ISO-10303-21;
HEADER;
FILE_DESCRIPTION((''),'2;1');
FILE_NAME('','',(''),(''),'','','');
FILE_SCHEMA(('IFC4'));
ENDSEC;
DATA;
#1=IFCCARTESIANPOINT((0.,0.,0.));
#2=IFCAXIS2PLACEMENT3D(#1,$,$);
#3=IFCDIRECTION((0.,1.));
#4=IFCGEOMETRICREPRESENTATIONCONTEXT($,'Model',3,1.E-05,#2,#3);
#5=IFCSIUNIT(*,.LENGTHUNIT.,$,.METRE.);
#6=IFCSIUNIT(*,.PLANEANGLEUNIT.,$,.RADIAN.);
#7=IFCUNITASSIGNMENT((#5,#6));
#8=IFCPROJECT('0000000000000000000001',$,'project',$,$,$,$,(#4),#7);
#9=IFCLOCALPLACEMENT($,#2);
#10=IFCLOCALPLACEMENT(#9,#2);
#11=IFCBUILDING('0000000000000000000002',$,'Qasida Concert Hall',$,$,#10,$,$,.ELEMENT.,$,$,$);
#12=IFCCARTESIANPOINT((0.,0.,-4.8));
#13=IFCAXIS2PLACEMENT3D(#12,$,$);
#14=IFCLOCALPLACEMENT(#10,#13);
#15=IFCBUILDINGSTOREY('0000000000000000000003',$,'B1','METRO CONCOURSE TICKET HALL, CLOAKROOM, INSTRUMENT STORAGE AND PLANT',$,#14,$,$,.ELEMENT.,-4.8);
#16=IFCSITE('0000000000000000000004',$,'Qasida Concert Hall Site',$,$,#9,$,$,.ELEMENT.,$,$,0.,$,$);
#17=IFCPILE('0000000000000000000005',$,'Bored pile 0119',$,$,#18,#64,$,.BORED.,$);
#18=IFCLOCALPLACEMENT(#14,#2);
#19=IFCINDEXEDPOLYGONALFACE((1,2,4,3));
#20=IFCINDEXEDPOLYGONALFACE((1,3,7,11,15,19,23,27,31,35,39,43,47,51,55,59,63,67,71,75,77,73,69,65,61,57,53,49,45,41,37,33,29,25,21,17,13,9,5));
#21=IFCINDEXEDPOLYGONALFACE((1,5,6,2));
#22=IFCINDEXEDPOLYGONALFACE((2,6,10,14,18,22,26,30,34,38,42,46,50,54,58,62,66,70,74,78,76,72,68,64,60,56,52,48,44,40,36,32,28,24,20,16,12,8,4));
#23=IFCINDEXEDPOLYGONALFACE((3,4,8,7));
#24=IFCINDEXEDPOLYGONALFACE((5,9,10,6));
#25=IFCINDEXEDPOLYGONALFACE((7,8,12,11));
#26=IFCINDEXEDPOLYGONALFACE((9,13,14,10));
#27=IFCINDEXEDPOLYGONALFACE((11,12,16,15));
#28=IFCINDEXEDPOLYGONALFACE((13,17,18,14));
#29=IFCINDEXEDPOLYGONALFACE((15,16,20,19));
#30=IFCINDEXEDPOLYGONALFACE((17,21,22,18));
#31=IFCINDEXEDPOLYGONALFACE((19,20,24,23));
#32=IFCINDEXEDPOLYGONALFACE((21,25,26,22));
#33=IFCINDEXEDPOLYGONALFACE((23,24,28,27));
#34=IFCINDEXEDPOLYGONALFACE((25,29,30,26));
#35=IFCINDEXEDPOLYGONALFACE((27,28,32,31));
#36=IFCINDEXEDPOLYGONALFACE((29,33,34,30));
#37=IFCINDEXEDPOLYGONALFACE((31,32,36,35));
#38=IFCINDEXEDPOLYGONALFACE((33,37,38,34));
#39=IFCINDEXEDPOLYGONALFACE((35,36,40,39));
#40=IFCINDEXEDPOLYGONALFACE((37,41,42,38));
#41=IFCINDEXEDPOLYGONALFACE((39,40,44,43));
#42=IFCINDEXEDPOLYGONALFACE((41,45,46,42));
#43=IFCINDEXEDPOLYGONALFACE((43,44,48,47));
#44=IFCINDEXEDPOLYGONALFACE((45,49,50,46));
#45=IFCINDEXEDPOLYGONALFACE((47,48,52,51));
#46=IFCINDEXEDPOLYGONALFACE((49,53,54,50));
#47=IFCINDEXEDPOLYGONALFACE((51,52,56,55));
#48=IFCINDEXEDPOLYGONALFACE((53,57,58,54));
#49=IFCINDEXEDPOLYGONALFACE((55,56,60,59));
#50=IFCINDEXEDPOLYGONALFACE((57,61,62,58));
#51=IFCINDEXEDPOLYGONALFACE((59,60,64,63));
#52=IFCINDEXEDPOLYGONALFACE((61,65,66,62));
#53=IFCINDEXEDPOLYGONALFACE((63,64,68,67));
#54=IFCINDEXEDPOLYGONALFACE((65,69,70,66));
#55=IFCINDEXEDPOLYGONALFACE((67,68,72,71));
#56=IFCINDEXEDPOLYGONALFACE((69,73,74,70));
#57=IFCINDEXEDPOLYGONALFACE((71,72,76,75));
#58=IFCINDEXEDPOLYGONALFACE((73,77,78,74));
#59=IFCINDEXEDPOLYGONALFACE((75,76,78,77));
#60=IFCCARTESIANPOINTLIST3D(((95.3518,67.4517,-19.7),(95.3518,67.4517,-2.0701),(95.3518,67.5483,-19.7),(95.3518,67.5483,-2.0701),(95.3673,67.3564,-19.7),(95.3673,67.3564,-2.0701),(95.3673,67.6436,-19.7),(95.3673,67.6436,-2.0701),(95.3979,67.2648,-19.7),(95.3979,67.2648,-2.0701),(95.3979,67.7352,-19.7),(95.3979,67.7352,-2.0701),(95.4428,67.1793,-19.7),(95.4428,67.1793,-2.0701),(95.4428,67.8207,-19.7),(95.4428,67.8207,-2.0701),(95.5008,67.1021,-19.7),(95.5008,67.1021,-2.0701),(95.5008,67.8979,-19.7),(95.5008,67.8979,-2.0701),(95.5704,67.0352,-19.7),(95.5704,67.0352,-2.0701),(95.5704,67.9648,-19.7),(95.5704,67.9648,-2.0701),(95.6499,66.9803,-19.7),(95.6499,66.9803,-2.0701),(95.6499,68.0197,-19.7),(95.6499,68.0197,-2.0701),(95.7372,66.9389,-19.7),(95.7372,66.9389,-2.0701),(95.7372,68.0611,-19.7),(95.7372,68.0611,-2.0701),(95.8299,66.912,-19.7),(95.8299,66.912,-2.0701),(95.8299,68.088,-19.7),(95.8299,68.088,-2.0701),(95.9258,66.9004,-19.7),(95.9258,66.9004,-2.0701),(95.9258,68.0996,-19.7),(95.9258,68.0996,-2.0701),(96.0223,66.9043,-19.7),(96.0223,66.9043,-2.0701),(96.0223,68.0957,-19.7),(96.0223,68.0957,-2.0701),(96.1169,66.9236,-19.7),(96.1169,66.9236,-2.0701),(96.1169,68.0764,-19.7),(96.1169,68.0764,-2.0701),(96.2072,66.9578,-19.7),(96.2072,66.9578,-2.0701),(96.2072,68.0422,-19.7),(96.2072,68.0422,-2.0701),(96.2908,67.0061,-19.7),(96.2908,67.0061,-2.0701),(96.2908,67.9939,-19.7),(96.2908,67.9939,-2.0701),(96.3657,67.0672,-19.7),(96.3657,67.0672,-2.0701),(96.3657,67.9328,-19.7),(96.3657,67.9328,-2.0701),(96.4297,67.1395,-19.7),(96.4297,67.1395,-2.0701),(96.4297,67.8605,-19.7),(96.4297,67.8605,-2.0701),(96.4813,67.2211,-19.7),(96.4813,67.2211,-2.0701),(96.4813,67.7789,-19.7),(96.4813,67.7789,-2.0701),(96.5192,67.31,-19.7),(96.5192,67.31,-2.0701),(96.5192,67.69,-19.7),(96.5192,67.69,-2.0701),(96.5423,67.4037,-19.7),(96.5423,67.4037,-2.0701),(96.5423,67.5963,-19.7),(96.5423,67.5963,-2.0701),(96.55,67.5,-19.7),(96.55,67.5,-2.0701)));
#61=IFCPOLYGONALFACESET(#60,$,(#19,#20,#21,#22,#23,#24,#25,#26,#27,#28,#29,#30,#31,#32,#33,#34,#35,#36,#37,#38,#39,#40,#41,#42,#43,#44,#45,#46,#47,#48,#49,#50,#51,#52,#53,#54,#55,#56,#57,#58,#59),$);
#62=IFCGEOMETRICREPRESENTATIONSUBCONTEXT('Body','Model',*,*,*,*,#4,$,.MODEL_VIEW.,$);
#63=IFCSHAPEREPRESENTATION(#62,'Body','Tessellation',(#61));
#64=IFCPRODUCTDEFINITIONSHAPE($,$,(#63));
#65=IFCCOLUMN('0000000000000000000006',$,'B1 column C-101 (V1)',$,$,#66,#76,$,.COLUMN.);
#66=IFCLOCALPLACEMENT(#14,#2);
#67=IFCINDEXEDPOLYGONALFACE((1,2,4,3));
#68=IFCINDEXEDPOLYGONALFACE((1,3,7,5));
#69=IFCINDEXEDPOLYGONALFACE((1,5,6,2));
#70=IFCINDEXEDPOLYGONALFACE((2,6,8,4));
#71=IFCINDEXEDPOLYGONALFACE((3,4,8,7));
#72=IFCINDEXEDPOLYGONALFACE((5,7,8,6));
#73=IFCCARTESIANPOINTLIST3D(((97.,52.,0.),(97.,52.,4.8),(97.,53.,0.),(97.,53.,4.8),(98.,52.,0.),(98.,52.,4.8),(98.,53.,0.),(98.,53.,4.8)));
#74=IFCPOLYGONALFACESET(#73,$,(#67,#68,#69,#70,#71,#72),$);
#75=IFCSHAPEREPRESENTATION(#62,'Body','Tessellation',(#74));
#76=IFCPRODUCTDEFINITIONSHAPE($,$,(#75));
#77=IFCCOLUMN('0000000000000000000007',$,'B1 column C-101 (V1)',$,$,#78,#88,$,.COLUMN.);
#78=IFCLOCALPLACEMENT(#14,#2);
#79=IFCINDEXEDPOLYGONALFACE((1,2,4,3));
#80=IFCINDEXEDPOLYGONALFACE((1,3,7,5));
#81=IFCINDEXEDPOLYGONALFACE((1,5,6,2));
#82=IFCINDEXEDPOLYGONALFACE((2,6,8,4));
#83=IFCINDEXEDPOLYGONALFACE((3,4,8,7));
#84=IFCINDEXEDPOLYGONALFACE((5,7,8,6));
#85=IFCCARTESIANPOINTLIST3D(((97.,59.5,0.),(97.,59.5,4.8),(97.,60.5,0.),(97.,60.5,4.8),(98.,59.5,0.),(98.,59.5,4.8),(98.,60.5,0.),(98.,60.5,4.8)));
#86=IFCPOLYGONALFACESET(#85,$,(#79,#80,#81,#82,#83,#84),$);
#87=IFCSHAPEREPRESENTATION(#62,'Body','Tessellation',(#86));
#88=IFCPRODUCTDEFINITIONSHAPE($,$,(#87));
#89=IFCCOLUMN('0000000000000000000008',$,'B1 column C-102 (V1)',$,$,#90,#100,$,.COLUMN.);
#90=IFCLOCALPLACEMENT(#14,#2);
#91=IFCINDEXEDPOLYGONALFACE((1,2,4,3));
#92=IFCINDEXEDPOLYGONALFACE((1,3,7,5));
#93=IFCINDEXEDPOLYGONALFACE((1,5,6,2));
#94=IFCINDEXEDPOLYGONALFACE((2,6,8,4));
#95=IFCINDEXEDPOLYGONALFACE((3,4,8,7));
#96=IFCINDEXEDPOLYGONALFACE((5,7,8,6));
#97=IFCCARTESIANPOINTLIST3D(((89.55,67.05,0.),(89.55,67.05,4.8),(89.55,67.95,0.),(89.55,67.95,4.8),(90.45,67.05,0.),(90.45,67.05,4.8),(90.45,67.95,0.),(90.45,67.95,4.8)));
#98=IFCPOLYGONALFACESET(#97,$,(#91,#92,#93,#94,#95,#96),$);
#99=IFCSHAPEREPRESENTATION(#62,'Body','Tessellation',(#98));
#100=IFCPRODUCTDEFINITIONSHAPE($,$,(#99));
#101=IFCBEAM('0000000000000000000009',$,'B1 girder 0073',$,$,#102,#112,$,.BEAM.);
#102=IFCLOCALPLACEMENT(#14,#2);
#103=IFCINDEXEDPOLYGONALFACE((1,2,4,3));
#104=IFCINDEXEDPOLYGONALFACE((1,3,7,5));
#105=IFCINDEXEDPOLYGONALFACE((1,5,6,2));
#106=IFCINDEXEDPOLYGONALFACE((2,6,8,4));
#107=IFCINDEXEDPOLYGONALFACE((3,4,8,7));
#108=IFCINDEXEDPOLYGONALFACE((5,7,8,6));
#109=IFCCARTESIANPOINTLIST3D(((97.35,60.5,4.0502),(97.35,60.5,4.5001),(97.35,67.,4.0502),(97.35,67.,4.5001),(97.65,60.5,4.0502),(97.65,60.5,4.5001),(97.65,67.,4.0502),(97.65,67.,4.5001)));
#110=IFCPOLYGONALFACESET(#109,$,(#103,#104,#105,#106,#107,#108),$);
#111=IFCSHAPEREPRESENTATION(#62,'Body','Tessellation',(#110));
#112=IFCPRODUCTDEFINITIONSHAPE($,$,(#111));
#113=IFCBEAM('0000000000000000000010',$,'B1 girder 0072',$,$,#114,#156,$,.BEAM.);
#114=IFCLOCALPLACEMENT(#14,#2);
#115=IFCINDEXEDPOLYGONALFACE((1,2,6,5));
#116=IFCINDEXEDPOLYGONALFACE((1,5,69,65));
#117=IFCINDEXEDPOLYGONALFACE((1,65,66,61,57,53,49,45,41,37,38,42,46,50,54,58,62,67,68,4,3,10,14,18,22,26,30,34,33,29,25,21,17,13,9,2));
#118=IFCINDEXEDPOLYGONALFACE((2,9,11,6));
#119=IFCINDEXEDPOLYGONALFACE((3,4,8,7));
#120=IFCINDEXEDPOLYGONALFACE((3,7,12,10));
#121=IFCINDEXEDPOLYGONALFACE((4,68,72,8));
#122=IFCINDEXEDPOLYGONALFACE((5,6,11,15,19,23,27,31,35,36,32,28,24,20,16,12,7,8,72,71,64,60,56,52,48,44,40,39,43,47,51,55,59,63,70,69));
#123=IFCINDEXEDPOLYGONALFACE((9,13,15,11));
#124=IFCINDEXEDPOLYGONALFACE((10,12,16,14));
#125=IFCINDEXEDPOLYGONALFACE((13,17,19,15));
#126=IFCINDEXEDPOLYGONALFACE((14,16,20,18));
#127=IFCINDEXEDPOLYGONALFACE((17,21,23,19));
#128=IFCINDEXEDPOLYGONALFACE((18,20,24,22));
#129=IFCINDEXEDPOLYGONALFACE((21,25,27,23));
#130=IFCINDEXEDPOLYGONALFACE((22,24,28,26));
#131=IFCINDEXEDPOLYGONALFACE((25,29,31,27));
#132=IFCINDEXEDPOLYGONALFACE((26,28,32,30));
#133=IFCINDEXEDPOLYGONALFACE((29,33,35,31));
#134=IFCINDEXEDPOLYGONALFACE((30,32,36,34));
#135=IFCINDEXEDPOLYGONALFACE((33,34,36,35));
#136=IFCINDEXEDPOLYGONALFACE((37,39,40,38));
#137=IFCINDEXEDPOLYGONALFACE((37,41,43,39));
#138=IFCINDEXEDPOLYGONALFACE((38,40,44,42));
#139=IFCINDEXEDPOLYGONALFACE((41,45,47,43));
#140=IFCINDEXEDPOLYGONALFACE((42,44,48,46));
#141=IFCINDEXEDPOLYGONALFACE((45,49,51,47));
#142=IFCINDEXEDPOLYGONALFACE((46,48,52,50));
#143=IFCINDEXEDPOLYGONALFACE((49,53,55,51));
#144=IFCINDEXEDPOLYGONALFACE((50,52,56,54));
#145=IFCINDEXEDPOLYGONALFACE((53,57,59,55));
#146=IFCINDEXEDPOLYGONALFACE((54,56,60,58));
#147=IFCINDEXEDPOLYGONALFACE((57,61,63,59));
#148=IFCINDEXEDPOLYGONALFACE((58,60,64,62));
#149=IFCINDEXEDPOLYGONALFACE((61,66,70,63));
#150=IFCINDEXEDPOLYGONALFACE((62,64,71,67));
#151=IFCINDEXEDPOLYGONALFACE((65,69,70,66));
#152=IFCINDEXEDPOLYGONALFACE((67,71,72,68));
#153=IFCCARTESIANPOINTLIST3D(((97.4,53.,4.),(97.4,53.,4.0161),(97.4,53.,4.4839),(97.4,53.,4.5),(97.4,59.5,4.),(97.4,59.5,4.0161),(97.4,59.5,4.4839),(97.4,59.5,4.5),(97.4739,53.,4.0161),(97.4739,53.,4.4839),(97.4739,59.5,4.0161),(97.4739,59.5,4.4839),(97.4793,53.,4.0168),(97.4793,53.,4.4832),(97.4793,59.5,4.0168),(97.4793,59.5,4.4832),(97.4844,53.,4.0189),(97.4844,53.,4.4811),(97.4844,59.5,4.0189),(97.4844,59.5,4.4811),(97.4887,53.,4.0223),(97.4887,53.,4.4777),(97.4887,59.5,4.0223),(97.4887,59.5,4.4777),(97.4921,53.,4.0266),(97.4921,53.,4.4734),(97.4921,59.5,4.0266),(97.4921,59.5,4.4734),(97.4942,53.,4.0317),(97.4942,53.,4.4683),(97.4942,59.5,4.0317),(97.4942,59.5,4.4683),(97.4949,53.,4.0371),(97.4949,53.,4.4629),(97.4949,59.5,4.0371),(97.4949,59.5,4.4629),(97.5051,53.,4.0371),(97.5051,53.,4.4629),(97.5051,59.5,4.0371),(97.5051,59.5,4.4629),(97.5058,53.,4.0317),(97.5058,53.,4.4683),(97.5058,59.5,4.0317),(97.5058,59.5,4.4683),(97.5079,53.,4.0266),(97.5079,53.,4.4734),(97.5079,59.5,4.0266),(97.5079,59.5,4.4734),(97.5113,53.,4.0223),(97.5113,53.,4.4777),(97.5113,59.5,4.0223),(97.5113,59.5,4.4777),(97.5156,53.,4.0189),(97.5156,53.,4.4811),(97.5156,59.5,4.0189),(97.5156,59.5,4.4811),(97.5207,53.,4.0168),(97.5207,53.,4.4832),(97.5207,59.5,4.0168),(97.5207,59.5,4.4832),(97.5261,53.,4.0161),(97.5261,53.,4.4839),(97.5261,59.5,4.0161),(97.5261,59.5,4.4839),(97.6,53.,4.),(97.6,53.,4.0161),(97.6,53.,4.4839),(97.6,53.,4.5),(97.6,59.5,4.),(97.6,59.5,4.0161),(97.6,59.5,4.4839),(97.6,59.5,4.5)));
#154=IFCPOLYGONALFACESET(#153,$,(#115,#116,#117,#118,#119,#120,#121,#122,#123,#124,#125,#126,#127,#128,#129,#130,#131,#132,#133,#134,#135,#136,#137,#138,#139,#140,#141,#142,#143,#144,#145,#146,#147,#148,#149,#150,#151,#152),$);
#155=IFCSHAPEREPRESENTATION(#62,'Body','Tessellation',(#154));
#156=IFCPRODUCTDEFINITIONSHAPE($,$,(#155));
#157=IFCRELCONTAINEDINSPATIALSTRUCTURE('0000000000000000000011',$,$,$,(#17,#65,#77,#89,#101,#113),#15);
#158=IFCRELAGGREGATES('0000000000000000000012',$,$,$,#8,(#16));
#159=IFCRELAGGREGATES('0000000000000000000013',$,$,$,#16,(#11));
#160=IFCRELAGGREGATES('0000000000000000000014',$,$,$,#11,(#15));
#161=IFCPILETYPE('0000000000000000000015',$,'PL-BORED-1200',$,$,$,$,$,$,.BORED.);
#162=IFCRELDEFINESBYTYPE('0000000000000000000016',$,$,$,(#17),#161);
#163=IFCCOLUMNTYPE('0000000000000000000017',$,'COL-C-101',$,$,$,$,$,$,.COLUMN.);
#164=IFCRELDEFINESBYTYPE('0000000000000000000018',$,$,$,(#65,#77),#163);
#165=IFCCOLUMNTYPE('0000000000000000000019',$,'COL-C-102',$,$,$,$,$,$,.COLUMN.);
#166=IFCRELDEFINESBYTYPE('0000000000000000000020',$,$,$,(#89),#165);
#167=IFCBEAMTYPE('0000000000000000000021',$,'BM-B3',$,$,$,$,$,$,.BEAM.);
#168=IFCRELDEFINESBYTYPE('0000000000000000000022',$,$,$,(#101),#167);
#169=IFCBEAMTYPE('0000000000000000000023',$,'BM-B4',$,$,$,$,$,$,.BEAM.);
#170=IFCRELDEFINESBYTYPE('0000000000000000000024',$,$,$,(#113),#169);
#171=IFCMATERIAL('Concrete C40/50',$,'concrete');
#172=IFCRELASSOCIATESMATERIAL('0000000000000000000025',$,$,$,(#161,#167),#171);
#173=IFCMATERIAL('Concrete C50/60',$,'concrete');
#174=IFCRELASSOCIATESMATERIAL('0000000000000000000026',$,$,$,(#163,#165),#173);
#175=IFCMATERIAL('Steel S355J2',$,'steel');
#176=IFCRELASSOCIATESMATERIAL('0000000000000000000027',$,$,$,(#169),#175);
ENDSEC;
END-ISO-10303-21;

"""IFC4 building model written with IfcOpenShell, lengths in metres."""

from ifc_helpers import new_model, si_unit, direction, frame, origin, origin_2d, place, context, subcontext, project, spatial, rectangle, circle, i_section, extrude, material, material_profile, profile_set, type_object, element, save


model = new_model("IFC4")

# Units and contexts
model_context = context("Model", 3, precision=1e-05, world=origin(), true_north=direction((0.0, 1.0)))
body_context = subcontext(model_context, "Body", "Model", "MODEL_VIEW")
ifc_project = project(units=[si_unit("LENGTHUNIT", "METRE"), si_unit("PLANEANGLEUNIT", "RADIAN")], contexts=[model_context])

# Site, building, storey
site_placement = place(None, origin())
site = spatial("IfcSite", under=ifc_project, at=site_placement, Name="Qasida Concert Hall Site", CompositionType="ELEMENT", RefElevation=0.0)
building_placement = place(site_placement, origin())
building = spatial("IfcBuilding", under=site, at=building_placement, Name="Qasida Concert Hall", CompositionType="ELEMENT")
storey_placement = place(building_placement, frame((0.0, 0.0, -4.8)))
storey = spatial("IfcBuildingStorey", under=building, at=storey_placement, Name="B1", Description="METRO CONCOURSE TICKET HALL, CLOAKROOM, INSTRUMENT STORAGE AND PLANT", CompositionType="ELEMENT", Elevation=-4.8)

# Shared definitions
ifc_material_1 = material(Name="Concrete C40/50", Category="concrete")

# Pile
ifc_material_profile_1 = material_profile(ifc_material_1, circle(Radius=0.6001, at=origin_2d()), Name="BORED PILE D1200")
ifc_profile_set_1 = profile_set([ifc_material_profile_1], Name="Concrete C40/50")
pile_type_1 = type_object("IfcPileType", Name="PL-BORED-1200", PredefinedType="BORED", material=ifc_profile_set_1)
pile_1_placement = place(storey_placement, frame((95.95, 67.5, -2.0701), z_axis=(0.0, 0.0, -1.0), x_axis=(1.0, 0.0, 0.0)))
element("IfcPile", 1, at=pile_1_placement, inside=storey, type_object=pile_type_1, Name="Bored pile 0119", PredefinedType="BORED", context=body_context, shape_type="SweptSolid", body=[
    extrude(circle(Radius=0.6001, at=origin_2d()), origin(), (0.0, 0.0, 1.0), 17.6299),
])

# Columns
ifc_material_2 = material(Name="Concrete C50/60", Category="concrete")
ifc_material_profile_2 = material_profile(ifc_material_2, rectangle(XDim=1.0, YDim=1.0, at=origin_2d()), Name="RC 1000x1000")
ifc_profile_set_2 = profile_set([ifc_material_profile_2], Name="Concrete C50/60")
column_type_1 = type_object("IfcColumnType", Name="COL-C-101", PredefinedType="COLUMN", material=ifc_profile_set_2)
for number, where, z_axis, x_axis, name in (
    (2, (97.5, 52.5, 0.0), (0.0, 0.0, 1.0), (1.0, 0.0, 0.0), "B1 column C-101 (V1)"),
    (3, (97.5, 60.0, 0.0), (0.0, 0.0, 1.0), (1.0, 0.0, 0.0), "B1 column C-101 (V1)"),
):
    element("IfcColumn", number, at=place(storey_placement, frame(where, z_axis=z_axis, x_axis=x_axis)), inside=storey, type_object=column_type_1, Name=name, PredefinedType="COLUMN", context=body_context, shape_type="SweptSolid", body=[
        extrude(rectangle(XDim=1.0, YDim=1.0, at=origin_2d()), origin(), (0.0, 0.0, 1.0), 4.8),
    ])
ifc_material_profile_3 = material_profile(ifc_material_2, rectangle(XDim=0.8999, YDim=0.8999, at=origin_2d()), Name="RC 900x900")
ifc_profile_set_3 = profile_set([ifc_material_profile_3], Name="Concrete C50/60")
column_type_2 = type_object("IfcColumnType", Name="COL-C-102", PredefinedType="COLUMN", material=ifc_profile_set_3)
column_placement = place(storey_placement, frame((90.0, 67.5, 0.0), z_axis=(0.0, 0.0, 1.0), x_axis=(1.0, 0.0, 0.0)))
element("IfcColumn", 4, at=column_placement, inside=storey, type_object=column_type_2, Name="B1 column C-102 (V1)", PredefinedType="COLUMN", context=body_context, shape_type="SweptSolid", body=[
    extrude(rectangle(XDim=0.8999, YDim=0.8999, at=origin_2d()), origin(), (0.0, 0.0, 1.0), 4.8),
])

# Beams
ifc_material_profile_4 = material_profile(ifc_material_1, rectangle(XDim=0.3, YDim=0.45, at=origin_2d()), Name="RC 300x450")
ifc_profile_set_4 = profile_set([ifc_material_profile_4], Name="Concrete C40/50")
beam_type_1 = type_object("IfcBeamType", Name="BM-B3", PredefinedType="BEAM", material=ifc_profile_set_4)
beam_1_placement = place(storey_placement, frame((97.5, 60.5, 4.2751), z_axis=(0.0, 1.0, 0.0), x_axis=(-1.0, 0.0, 0.0)))
element("IfcBeam", 5, at=beam_1_placement, inside=storey, type_object=beam_type_1, Name="B1 girder 0073", PredefinedType="BEAM", context=body_context, shape_type="SweptSolid", body=[
    extrude(rectangle(XDim=0.3, YDim=0.45, at=origin_2d()), origin(), (0.0, 0.0, 1.0), 6.5),
])
ifc_material_3 = material(Name="Steel S355J2", Category="steel")
ifc_material_profile_5 = material_profile(ifc_material_3, i_section(OverallWidth=0.2, OverallDepth=0.5, WebThickness=0.0103, FlangeThickness=0.0161, FilletRadius=0.021, at=origin_2d()), Name="IPE 500")
ifc_profile_set_5 = profile_set([ifc_material_profile_5], Name="Steel S355J2")
beam_type_2 = type_object("IfcBeamType", Name="BM-B4", PredefinedType="BEAM", material=ifc_profile_set_5)
beam_2_placement = place(storey_placement, frame((97.5, 53.0, 4.25), z_axis=(0.0, 1.0, 0.0), x_axis=(-1.0, 0.0, 0.0)))
element("IfcBeam", 6, at=beam_2_placement, inside=storey, type_object=beam_type_2, Name="B1 girder 0072", PredefinedType="BEAM", context=body_context, shape_type="SweptSolid", body=[
    extrude(i_section(OverallWidth=0.2, OverallDepth=0.5, WebThickness=0.0103, FlangeThickness=0.0161, FilletRadius=0.021, at=origin_2d()), origin(), (0.0, 0.0, 1.0), 6.5),
])

save(model, "model.ifc")
